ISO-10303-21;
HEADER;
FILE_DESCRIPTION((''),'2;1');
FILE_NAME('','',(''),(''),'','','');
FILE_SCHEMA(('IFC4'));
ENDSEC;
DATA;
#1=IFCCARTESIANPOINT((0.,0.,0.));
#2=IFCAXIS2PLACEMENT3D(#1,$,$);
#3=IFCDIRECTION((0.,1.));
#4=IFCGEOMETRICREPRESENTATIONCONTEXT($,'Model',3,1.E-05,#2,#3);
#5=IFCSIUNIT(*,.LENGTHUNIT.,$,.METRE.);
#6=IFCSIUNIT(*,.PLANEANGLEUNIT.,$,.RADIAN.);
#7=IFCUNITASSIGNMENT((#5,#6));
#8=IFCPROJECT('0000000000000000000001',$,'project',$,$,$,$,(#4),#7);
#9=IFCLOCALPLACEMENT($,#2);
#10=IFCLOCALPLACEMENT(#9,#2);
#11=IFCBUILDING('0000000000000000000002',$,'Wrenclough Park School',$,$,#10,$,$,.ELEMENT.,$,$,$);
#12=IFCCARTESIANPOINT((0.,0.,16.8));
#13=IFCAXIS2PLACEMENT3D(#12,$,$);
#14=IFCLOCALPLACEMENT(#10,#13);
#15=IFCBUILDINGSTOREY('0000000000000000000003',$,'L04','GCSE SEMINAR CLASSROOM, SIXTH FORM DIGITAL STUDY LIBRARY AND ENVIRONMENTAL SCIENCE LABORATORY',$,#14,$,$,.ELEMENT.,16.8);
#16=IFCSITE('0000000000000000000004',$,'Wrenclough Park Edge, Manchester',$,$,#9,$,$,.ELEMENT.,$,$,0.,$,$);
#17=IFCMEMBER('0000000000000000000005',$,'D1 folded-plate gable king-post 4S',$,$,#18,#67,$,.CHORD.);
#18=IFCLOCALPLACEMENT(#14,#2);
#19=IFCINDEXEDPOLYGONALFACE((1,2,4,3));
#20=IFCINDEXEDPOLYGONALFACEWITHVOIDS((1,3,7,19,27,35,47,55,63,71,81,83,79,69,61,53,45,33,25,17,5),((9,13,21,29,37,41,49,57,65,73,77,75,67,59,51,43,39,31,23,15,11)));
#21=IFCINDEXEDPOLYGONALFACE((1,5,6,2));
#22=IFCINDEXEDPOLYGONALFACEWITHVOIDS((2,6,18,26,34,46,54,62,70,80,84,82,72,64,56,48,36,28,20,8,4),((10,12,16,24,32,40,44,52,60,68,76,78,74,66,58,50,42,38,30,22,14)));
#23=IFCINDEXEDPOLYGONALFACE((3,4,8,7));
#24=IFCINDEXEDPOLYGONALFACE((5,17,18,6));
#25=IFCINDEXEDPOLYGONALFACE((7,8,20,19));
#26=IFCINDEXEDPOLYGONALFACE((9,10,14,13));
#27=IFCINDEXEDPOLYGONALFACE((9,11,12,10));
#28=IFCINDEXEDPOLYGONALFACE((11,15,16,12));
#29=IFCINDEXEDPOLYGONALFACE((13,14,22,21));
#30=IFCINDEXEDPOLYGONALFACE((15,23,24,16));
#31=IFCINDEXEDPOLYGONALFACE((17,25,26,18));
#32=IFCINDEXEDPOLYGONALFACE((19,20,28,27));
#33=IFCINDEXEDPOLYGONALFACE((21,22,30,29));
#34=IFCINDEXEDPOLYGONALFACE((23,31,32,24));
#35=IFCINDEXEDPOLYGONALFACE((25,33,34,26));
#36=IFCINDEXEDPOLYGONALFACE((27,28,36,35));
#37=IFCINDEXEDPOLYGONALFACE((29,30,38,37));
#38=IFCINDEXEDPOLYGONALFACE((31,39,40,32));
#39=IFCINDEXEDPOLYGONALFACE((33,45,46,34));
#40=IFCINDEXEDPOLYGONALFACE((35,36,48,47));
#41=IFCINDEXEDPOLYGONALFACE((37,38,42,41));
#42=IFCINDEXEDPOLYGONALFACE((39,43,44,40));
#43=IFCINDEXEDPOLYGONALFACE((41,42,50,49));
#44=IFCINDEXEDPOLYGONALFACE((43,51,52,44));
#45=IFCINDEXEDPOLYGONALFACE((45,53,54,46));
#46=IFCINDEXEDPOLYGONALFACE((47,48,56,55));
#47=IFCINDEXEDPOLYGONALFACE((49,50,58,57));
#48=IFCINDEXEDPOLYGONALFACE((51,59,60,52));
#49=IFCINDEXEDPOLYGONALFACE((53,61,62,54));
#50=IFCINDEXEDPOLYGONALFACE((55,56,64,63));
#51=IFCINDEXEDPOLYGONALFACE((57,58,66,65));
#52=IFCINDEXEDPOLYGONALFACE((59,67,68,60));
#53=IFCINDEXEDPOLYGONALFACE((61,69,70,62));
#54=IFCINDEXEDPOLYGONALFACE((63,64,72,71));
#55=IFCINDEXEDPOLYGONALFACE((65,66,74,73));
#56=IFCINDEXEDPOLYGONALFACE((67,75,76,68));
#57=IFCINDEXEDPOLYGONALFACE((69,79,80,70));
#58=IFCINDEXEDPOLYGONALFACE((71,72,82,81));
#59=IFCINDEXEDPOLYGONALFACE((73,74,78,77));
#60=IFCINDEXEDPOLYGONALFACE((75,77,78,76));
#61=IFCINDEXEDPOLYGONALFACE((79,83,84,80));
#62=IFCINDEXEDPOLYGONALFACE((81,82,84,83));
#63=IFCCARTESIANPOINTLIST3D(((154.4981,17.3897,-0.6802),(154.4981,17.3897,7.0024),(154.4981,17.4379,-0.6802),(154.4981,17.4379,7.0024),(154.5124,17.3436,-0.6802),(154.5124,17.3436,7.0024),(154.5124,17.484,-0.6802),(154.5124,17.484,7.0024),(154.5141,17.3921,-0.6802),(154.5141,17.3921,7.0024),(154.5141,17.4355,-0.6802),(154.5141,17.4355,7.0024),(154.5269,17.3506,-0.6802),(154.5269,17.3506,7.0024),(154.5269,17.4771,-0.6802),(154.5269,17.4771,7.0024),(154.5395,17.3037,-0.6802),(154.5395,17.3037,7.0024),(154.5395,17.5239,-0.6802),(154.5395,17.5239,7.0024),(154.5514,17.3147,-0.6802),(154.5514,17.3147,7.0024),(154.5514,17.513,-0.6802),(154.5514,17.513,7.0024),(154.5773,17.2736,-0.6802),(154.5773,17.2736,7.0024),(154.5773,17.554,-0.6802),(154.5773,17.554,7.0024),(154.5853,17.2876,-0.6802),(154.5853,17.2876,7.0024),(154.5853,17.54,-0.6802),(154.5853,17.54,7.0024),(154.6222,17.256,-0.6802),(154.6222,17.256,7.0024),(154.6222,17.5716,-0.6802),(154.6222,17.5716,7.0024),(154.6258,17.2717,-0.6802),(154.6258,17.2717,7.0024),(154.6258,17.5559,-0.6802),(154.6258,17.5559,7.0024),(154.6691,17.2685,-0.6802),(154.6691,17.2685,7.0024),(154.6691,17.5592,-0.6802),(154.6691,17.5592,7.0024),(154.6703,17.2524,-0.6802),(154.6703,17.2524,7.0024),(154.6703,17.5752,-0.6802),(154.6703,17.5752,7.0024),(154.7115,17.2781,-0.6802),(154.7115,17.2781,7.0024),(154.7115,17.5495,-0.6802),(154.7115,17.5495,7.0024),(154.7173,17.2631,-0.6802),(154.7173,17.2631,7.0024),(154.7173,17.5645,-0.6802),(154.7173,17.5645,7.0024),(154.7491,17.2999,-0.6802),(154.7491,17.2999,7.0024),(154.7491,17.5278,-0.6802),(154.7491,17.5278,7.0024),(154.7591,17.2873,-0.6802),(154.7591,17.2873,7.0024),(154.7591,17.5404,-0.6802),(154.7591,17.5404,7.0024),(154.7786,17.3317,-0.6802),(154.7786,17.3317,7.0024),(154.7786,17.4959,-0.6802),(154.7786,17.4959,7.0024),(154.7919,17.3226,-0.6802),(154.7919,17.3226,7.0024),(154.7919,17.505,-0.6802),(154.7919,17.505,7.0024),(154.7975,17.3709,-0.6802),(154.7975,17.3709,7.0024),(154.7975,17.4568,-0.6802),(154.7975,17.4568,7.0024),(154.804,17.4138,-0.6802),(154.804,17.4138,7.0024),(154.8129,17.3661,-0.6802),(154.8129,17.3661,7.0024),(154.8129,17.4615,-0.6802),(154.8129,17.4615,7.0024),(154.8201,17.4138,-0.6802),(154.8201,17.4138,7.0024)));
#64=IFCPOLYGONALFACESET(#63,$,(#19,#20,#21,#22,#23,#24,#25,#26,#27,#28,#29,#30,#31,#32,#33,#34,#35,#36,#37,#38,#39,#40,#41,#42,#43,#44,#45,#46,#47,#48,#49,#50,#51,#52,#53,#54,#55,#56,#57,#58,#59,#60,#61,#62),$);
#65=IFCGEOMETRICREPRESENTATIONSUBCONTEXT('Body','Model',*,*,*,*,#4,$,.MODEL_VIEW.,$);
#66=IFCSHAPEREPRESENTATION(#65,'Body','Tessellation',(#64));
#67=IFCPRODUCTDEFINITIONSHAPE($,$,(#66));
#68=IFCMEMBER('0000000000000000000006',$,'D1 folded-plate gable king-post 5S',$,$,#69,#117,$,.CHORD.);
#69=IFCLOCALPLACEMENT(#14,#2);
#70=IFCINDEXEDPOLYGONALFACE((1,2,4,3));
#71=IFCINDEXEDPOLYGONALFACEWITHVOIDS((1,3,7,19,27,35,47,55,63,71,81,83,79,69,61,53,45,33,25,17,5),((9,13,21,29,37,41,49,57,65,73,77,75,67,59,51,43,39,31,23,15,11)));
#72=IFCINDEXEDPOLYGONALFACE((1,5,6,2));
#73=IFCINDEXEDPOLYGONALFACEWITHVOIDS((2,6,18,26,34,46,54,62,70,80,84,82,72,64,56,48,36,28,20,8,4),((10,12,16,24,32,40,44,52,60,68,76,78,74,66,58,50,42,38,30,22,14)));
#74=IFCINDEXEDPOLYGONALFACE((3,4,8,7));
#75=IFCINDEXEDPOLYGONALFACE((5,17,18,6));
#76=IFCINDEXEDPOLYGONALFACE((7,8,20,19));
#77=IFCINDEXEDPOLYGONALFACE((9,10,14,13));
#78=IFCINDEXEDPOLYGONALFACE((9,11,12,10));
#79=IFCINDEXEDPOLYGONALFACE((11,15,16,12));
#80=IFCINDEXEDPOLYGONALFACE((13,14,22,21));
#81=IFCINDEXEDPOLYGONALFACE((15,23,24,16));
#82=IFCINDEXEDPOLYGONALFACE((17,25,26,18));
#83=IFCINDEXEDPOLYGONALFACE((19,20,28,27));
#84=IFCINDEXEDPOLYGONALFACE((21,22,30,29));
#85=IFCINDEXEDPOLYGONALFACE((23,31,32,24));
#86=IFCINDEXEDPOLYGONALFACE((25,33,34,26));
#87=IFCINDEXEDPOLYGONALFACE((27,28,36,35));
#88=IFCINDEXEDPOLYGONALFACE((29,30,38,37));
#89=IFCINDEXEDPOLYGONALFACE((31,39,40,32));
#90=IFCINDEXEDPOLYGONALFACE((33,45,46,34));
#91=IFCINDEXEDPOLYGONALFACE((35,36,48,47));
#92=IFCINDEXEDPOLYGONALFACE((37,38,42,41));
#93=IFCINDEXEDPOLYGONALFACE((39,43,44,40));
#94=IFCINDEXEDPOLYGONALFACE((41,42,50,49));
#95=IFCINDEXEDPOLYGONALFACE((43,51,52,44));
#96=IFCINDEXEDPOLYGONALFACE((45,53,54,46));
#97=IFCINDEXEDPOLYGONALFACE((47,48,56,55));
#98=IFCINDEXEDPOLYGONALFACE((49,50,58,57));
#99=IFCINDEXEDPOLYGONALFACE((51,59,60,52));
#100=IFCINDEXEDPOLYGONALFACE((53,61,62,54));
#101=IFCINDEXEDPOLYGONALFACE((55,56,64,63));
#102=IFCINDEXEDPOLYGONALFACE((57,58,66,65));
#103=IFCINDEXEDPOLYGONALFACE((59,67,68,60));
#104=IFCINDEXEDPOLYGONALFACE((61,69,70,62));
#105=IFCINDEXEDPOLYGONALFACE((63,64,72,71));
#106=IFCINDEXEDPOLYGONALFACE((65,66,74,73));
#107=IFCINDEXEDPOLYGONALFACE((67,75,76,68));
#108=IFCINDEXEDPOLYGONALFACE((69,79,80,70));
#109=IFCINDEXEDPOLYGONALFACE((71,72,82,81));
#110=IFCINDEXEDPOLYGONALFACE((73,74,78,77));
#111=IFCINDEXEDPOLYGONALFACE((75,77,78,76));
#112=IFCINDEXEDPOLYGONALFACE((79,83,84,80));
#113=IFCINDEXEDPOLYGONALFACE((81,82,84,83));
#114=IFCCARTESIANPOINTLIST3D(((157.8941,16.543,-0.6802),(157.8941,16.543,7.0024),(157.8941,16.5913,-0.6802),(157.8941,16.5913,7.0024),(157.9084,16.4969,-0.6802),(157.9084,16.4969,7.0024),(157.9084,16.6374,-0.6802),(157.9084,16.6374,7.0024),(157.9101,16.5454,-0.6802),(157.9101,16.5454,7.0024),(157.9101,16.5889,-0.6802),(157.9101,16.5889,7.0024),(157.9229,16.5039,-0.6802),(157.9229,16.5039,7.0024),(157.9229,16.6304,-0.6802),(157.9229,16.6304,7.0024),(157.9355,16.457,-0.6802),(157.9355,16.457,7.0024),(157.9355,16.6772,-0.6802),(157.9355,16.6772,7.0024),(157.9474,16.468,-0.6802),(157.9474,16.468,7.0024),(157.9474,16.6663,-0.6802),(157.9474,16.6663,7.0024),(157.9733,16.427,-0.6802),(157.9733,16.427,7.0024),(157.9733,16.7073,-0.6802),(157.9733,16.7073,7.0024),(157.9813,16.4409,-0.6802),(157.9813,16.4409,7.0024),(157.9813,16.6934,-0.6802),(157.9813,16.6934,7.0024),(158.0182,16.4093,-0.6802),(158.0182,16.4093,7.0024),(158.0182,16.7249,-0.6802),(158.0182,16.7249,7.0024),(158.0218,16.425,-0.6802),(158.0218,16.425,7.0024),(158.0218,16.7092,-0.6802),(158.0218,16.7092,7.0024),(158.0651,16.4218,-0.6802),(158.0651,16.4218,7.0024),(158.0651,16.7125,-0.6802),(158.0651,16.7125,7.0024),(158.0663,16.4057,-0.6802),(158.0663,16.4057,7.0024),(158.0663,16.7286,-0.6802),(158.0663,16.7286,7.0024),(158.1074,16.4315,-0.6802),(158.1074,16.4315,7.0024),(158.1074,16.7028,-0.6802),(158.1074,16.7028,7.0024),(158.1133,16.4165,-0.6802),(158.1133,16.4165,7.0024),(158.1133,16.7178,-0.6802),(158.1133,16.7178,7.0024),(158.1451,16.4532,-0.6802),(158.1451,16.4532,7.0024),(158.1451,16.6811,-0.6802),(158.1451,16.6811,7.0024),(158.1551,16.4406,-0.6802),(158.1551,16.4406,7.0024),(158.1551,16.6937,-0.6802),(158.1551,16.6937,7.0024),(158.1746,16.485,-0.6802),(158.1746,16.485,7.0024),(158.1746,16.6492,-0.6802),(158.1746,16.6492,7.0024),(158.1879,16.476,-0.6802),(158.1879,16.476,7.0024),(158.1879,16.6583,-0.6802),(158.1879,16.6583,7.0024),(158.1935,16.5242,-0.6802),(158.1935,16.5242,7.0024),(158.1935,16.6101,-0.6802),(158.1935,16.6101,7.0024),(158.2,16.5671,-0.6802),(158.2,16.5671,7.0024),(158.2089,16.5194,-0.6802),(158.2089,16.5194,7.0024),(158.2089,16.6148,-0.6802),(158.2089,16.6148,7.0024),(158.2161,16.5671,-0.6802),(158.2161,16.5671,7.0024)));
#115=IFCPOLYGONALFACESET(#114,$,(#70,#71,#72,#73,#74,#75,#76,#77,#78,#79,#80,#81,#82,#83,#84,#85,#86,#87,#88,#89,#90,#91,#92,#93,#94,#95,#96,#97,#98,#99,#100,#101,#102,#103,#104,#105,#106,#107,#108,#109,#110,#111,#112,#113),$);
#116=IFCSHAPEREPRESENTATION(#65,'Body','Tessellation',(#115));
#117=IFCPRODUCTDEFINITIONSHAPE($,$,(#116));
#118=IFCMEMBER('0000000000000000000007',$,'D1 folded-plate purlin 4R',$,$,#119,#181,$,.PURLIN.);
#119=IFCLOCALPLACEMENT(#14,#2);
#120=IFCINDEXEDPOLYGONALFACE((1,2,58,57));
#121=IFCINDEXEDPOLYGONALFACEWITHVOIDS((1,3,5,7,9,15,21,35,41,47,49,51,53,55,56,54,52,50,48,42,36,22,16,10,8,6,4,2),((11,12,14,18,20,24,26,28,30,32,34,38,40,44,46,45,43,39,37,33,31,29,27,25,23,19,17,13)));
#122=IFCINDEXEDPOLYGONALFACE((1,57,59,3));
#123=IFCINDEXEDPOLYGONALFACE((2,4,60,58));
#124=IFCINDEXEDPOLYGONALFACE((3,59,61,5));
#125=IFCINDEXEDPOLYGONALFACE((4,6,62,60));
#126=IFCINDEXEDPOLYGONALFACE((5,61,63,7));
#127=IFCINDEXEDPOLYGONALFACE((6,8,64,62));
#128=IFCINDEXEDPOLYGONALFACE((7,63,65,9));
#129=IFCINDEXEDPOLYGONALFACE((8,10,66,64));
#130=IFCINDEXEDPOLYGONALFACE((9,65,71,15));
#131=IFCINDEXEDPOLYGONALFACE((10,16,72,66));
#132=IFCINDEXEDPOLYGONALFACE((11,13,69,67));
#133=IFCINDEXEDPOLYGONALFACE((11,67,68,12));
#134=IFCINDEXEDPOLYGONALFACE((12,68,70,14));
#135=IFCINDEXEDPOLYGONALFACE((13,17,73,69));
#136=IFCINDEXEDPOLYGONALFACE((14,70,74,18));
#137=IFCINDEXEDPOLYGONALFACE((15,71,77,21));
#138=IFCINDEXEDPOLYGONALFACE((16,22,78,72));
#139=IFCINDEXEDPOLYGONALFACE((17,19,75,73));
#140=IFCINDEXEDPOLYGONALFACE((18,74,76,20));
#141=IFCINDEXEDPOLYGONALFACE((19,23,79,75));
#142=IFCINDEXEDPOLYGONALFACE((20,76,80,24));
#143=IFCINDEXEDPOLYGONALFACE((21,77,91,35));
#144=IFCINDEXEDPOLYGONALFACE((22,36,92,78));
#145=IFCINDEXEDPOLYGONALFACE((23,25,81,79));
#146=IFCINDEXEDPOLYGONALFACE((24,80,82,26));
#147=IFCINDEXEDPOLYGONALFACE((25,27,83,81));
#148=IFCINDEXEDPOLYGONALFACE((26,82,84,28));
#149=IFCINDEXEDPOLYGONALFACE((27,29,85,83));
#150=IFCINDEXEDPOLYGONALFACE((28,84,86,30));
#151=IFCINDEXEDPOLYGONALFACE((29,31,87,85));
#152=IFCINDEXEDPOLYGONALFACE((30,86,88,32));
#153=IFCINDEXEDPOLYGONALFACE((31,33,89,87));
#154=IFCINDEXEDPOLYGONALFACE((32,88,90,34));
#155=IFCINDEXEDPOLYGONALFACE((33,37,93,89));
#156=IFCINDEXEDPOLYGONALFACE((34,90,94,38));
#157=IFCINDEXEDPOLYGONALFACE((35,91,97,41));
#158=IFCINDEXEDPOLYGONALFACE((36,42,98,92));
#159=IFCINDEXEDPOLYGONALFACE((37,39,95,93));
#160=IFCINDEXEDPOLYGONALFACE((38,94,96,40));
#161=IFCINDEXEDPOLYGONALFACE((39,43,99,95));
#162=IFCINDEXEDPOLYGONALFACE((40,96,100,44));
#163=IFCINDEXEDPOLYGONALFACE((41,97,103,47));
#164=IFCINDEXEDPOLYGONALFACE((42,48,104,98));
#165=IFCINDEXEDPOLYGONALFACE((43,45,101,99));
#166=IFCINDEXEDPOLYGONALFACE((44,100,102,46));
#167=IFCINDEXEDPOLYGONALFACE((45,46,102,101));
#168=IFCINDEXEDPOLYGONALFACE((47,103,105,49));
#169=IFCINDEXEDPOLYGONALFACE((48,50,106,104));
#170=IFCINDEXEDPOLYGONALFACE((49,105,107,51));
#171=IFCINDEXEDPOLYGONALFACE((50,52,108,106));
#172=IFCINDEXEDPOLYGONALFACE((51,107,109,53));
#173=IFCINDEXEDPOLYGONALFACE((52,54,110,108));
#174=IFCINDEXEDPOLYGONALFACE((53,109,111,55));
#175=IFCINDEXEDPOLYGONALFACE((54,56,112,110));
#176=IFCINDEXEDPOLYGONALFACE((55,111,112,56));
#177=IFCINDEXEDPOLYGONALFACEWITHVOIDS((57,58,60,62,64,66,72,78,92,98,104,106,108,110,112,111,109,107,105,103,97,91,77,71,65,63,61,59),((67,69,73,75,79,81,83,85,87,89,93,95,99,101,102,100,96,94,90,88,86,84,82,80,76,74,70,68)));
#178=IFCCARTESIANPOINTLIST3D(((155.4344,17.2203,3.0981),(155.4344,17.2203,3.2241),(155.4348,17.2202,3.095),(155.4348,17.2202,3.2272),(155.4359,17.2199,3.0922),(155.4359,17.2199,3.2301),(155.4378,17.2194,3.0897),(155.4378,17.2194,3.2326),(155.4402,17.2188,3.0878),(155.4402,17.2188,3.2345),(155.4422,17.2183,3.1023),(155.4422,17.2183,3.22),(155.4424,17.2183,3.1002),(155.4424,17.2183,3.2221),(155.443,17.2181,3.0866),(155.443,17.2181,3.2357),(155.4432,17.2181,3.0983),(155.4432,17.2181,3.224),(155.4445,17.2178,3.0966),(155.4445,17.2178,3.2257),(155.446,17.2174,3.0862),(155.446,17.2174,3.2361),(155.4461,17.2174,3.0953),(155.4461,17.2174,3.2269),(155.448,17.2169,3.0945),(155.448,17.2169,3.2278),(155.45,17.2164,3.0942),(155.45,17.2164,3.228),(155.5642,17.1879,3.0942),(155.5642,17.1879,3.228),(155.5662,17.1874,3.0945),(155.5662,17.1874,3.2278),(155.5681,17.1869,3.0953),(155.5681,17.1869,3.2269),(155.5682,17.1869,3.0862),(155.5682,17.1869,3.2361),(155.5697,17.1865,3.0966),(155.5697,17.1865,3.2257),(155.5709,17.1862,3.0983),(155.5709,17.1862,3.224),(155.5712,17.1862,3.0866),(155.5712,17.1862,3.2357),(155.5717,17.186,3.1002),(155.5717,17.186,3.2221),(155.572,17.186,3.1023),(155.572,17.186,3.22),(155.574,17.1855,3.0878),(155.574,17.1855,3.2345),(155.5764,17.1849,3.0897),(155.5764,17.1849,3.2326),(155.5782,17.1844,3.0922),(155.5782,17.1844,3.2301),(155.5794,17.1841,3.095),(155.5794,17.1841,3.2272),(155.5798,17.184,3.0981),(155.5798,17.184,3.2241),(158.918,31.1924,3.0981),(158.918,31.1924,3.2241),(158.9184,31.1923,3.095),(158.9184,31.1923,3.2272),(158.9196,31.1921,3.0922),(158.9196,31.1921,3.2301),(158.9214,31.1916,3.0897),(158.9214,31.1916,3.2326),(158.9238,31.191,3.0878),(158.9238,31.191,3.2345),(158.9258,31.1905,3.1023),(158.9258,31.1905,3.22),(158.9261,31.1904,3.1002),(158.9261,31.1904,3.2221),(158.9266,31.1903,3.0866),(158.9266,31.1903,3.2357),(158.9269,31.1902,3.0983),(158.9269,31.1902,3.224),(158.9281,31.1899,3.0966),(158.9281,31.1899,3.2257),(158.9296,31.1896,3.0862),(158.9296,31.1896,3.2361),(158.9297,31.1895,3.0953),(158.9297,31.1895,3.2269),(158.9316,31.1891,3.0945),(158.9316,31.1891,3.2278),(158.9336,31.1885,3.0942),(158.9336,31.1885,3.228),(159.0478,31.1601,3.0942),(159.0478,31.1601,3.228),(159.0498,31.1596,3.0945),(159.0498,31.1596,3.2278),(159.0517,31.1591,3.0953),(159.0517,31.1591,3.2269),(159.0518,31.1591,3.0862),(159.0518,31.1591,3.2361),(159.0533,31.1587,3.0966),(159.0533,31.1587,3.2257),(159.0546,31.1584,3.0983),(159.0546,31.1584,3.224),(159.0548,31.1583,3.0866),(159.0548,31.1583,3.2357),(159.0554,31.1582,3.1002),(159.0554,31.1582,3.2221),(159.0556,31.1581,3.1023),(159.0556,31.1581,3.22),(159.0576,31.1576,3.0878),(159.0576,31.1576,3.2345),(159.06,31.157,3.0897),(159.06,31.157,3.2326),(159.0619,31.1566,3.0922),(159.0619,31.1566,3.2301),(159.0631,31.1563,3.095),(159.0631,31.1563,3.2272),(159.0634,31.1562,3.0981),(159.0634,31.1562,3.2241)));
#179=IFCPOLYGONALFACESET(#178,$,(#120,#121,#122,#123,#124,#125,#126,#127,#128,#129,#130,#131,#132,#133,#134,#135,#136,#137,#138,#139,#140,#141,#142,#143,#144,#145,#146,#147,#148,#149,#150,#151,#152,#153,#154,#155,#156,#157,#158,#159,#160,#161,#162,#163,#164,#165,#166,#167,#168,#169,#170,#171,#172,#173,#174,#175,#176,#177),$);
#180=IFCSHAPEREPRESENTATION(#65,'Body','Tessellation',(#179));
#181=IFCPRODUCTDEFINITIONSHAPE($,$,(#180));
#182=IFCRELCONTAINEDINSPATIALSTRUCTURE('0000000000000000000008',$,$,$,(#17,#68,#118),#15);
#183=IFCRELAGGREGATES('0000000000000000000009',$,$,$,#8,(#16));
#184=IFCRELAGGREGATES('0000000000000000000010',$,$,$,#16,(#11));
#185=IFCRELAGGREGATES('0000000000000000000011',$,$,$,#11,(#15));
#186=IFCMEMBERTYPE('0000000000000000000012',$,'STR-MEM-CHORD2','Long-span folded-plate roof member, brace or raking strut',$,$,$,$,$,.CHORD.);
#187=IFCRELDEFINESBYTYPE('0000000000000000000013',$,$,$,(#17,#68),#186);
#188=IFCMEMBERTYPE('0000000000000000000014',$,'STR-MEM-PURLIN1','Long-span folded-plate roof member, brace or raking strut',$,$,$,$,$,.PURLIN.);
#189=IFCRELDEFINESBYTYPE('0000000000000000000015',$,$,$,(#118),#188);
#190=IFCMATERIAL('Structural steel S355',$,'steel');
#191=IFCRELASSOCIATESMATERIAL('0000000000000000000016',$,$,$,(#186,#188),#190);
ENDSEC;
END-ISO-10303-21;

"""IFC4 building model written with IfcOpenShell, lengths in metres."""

from ifc_helpers import new_model, si_unit, direction, frame, origin, origin_2d, place, context, subcontext, project, spatial, hollow_rectangle, hollow_circle, extrude, material, material_profile, profile_set, type_object, element, save


model = new_model("IFC4")

# Units and contexts
model_context = context("Model", 3, precision=1e-05, world=origin(), true_north=direction((0.0, 1.0)))
body_context = subcontext(model_context, "Body", "Model", "MODEL_VIEW")
ifc_project = project(units=[si_unit("LENGTHUNIT", "METRE"), si_unit("PLANEANGLEUNIT", "RADIAN")], contexts=[model_context])

# Site, building, storey
site_placement = place(None, origin())
site = spatial("IfcSite", under=ifc_project, at=site_placement, Name="Wrenclough Park Edge, Manchester", CompositionType="ELEMENT", RefElevation=0.0)
building_placement = place(site_placement, origin())
building = spatial("IfcBuilding", under=site, at=building_placement, Name="Wrenclough Park School", CompositionType="ELEMENT")
storey_placement = place(building_placement, frame((0.0, 0.0, 16.8)))
storey = spatial("IfcBuildingStorey", under=building, at=storey_placement, Name="L04", Description="GCSE SEMINAR CLASSROOM, SIXTH FORM DIGITAL STUDY LIBRARY AND ENVIRONMENTAL SCIENCE LABORATORY", CompositionType="ELEMENT", Elevation=16.8)

# Shared definitions
ifc_material_1 = material(Name="Structural steel S355", Category="steel")

# Members
ifc_material_profile_1 = material_profile(ifc_material_1, hollow_circle(Radius=0.1619, WallThickness=0.0161, at=origin_2d()), Name="CHS 323.9x16.0")
ifc_profile_set_1 = profile_set([ifc_material_profile_1], Name="Structural steel S355")
member_type_1 = type_object("IfcMemberType", Name="STR-MEM-CHORD2", Description="Long-span folded-plate roof member, brace or raking strut", PredefinedType="CHORD", material=ifc_profile_set_1)
for number, where, z_axis, x_axis, name in (
    (1, (154.6582, 17.4138, -0.6802), (0.0, 0.0, 1.0), (1.0, 0.0, 0.0), "D1 folded-plate gable king-post 4S"),
    (2, (158.0542, 16.5671, -0.6802), (0.0, 0.0, 1.0), (1.0, 0.0, 0.0), "D1 folded-plate gable king-post 5S"),
):
    element("IfcMember", number, at=place(storey_placement, frame(where, z_axis=z_axis, x_axis=x_axis)), inside=storey, type_object=member_type_1, Name=name, PredefinedType="CHORD", context=body_context, shape_type="SweptSolid", body=[
        extrude(hollow_circle(Radius=0.1619, WallThickness=0.0161, at=origin_2d()), origin(), (0.0, 0.0, 1.0), 7.6826),
    ])
ifc_material_profile_2 = material_profile(ifc_material_1, hollow_rectangle(XDim=0.1499, YDim=0.1499, WallThickness=0.0081, InnerFilletRadius=0.0081, OuterFilletRadius=0.012, at=origin_2d()), Name="SHS 150x150x8.0")
ifc_profile_set_2 = profile_set([ifc_material_profile_2], Name="Structural steel S355")
member_type_2 = type_object("IfcMemberType", Name="STR-MEM-PURLIN1", Description="Long-span folded-plate roof member, brace or raking strut", PredefinedType="PURLIN", material=ifc_profile_set_2)
member_1_placement = place(storey_placement, frame((155.5071, 17.2021, 3.1611), z_axis=(0.241921, 0.970296, 0.0), x_axis=(-0.970296, 0.241921, 0.0)))
element("IfcMember", 3, at=member_1_placement, inside=storey, type_object=member_type_2, Name="D1 folded-plate purlin 4R", PredefinedType="PURLIN", context=body_context, shape_type="SweptSolid", body=[
    extrude(hollow_rectangle(XDim=0.1499, YDim=0.1499, WallThickness=0.0081, InnerFilletRadius=0.0081, OuterFilletRadius=0.012, at=origin_2d()), origin(), (0.0, 0.0, 1.0), 14.3999),
])

save(model, "model.ifc")
